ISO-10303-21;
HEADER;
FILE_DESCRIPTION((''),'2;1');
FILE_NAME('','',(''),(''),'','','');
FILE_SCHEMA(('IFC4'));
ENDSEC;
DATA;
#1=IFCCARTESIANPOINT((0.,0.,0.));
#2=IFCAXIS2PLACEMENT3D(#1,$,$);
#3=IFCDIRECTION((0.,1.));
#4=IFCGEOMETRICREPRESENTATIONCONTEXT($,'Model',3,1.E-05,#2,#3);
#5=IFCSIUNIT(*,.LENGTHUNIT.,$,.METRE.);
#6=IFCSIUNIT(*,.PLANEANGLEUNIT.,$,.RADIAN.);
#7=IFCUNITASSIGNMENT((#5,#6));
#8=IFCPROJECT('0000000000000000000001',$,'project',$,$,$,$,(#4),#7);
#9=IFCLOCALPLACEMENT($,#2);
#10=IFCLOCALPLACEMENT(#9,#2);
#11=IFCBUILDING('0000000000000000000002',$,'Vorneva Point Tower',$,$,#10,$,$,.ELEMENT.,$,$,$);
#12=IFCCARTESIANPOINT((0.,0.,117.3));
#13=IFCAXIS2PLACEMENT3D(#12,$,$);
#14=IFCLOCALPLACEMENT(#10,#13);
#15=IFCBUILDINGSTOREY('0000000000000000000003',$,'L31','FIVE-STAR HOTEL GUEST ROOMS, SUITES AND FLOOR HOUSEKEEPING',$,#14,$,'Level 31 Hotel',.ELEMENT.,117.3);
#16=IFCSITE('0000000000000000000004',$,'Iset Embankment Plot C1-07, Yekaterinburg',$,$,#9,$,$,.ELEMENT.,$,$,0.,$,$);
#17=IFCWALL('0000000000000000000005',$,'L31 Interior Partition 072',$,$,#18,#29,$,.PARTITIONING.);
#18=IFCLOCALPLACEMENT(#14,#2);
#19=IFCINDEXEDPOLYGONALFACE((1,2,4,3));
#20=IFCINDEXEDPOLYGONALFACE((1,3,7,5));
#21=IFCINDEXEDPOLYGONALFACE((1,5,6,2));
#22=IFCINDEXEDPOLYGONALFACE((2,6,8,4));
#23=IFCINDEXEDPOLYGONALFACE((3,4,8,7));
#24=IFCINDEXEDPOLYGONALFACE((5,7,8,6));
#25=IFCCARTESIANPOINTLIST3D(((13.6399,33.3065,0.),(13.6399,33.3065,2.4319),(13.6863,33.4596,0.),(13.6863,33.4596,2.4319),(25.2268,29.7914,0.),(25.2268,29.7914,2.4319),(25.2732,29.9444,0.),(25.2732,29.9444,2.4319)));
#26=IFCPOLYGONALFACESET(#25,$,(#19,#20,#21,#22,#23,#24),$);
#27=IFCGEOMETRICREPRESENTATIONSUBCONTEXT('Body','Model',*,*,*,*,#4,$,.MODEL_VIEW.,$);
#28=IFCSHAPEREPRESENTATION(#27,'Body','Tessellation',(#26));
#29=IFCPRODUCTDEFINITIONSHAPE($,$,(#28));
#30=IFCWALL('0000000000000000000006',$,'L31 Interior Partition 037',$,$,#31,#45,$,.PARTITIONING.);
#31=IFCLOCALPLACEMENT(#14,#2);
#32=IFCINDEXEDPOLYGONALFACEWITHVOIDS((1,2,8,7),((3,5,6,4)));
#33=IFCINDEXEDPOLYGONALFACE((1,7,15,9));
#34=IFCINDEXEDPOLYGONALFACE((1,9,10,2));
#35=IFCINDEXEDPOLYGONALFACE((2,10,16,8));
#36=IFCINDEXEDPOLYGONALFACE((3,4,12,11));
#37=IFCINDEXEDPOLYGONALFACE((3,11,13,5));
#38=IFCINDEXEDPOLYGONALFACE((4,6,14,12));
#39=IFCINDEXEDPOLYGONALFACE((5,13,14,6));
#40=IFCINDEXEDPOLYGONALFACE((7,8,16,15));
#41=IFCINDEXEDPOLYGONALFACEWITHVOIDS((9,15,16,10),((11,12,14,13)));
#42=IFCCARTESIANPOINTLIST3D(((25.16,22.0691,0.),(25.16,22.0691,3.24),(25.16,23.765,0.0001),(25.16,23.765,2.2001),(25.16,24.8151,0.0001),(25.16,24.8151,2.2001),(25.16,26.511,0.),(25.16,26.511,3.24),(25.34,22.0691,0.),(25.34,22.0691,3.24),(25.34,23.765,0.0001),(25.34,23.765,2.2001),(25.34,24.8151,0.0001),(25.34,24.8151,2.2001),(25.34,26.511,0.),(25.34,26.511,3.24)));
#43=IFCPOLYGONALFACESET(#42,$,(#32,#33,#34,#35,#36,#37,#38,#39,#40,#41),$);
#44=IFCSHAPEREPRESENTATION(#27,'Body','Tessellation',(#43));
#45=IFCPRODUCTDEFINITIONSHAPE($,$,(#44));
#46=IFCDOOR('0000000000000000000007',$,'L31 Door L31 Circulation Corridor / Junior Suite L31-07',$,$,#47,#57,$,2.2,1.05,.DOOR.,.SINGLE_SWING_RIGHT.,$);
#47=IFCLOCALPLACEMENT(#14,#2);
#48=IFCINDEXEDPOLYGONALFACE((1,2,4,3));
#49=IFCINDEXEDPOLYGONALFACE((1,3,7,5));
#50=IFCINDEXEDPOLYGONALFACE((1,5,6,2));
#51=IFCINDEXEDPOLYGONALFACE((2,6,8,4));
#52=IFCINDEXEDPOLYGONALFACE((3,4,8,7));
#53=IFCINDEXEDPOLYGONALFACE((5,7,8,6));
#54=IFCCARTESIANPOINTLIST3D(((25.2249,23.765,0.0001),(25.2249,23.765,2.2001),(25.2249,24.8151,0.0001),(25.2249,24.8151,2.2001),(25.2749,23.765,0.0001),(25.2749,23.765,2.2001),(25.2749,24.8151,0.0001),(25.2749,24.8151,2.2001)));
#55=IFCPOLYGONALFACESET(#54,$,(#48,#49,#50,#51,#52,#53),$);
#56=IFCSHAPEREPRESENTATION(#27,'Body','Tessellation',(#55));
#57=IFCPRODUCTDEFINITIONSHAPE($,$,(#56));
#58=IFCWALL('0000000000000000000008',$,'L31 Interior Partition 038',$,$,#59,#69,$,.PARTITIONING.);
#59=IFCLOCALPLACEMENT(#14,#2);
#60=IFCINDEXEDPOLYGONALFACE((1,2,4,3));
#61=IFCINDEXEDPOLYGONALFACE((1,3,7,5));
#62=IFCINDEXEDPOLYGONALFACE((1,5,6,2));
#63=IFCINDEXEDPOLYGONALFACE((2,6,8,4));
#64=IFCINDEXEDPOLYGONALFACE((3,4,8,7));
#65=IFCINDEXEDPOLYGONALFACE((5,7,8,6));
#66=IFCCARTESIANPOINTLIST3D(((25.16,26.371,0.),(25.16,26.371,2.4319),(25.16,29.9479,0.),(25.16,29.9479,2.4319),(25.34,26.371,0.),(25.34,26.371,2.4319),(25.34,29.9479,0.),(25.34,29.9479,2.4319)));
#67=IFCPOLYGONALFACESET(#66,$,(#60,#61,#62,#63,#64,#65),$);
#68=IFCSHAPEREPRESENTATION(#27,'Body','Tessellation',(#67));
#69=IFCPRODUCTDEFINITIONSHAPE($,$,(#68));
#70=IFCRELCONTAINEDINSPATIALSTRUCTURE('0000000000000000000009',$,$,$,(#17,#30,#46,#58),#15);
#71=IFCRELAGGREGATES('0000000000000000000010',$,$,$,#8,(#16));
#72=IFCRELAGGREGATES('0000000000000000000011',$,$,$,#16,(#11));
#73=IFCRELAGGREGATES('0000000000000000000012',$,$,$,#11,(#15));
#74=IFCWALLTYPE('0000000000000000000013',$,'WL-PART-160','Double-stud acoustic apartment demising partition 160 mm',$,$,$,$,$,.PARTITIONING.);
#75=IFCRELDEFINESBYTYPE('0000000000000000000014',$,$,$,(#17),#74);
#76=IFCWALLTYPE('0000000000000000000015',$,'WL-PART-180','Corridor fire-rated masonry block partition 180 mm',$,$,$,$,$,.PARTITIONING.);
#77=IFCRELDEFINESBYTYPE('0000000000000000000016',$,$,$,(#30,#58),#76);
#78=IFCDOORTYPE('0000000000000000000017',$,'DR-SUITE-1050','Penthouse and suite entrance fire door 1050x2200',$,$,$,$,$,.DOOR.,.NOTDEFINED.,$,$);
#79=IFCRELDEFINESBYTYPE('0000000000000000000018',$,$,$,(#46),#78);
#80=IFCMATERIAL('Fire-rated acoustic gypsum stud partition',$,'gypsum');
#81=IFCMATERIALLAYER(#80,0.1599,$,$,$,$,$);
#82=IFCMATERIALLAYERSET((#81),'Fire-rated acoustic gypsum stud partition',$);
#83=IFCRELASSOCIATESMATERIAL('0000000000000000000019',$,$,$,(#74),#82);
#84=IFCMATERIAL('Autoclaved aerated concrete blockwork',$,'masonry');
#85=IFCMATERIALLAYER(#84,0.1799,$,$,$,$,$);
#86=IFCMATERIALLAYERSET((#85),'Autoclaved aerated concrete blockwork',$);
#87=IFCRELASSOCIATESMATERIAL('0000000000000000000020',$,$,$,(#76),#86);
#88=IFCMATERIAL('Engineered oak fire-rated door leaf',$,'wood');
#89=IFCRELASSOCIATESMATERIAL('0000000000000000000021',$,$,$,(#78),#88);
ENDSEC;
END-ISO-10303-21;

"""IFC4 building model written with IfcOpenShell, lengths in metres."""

from ifc_helpers import new_model, si_unit, direction, frame, frame_2d, origin, place, context, subcontext, project, spatial, rectangle, extrude, material, layer, layer_set, type_object, element, fill, save


model = new_model("IFC4")

# Units and contexts
model_context = context("Model", 3, precision=1e-05, world=origin(), true_north=direction((0.0, 1.0)))
body_context = subcontext(model_context, "Body", "Model", "MODEL_VIEW")
ifc_project = project(units=[si_unit("LENGTHUNIT", "METRE"), si_unit("PLANEANGLEUNIT", "RADIAN")], contexts=[model_context])

# Site, building, storey
site_placement = place(None, origin())
site = spatial("IfcSite", under=ifc_project, at=site_placement, Name="Iset Embankment Plot C1-07, Yekaterinburg", CompositionType="ELEMENT", RefElevation=0.0)
building_placement = place(site_placement, origin())
building = spatial("IfcBuilding", under=site, at=building_placement, Name="Vorneva Point Tower", CompositionType="ELEMENT")
storey_placement = place(building_placement, frame((0.0, 0.0, 117.3)))
storey = spatial("IfcBuildingStorey", under=building, at=storey_placement, Name="L31", Description="FIVE-STAR HOTEL GUEST ROOMS, SUITES AND FLOOR HOUSEKEEPING", LongName="Level 31 Hotel", CompositionType="ELEMENT", Elevation=117.3)

# Shared definitions
ifc_material_1 = material(Name="Fire-rated acoustic gypsum stud partition", Category="gypsum")

# Shared definitions
ifc_material_2 = material(Name="Engineered oak fire-rated door leaf", Category="wood")

# Wall
ifc_layer_1 = layer(ifc_material_1, 0.1599)
ifc_layer_set_1 = layer_set([ifc_layer_1], Name="Fire-rated acoustic gypsum stud partition")
wall_type_1 = type_object("IfcWallType", Name="WL-PART-160", Description="Double-stud acoustic apartment demising partition 160 mm", PredefinedType="PARTITIONING", material=ifc_layer_set_1)
wall_1_placement = place(storey_placement, frame((13.6631, 33.3831, 0.0), z_axis=(0.0, 0.0, 1.0), x_axis=(0.956934, -0.290306, 0.0)))
element("IfcWall", 1, at=wall_1_placement, inside=storey, type_object=wall_type_1, Name="L31 Interior Partition 072", PredefinedType="PARTITIONING", context=body_context, shape_type="SweptSolid", body=[
    extrude(rectangle(XDim=12.1084, YDim=0.1599, at=frame_2d((6.0542, 0.0))), origin(), (0.0, 0.0, 1.0), 2.4319),
])

# Wall, opening, door
ifc_material_3 = material(Name="Autoclaved aerated concrete blockwork", Category="masonry")
ifc_layer_2 = layer(ifc_material_3, 0.1799)
ifc_layer_set_2 = layer_set([ifc_layer_2], Name="Autoclaved aerated concrete blockwork")
wall_type_2 = type_object("IfcWallType", Name="WL-PART-180", Description="Corridor fire-rated masonry block partition 180 mm", PredefinedType="PARTITIONING", material=ifc_layer_set_2)
wall_2_placement = place(storey_placement, frame((25.25, 26.511, 0.0), z_axis=(0.0, 0.0, 1.0), x_axis=(0.0, -1.0, 0.0)))
wall_2 = element("IfcWall", 2, at=wall_2_placement, inside=storey, type_object=wall_type_2, Name="L31 Interior Partition 037", PredefinedType="PARTITIONING", context=body_context, shape_type="SweptSolid", body=[
    extrude(rectangle(XDim=4.4419, YDim=0.1799, at=frame_2d((2.2209, 0.0))), origin(), (0.0, 0.0, 1.0), 3.24),
])
opening_1_placement = place(wall_2_placement, frame((1.696, 0.0, 0.0)))
opening_1 = element("IfcOpeningElement", 3, at=opening_1_placement, cuts=wall_2, PredefinedType="OPENING", context=body_context, shape_type="SweptSolid", body=[
    extrude(rectangle(XDim=1.05, YDim=2.2, at=frame_2d((0.5249, 1.1001))), frame((0.0, 0.105, 0.0), z_axis=(0.0, -1.0, 0.0), x_axis=(1.0, 0.0, 0.0)), (0.0, 0.0, 1.0), 0.2097),
])
door_type_1 = type_object("IfcDoorType", Name="DR-SUITE-1050", Description="Penthouse and suite entrance fire door 1050x2200", OperationType="NOTDEFINED", PredefinedType="DOOR", material=ifc_material_2)
door_1_placement = place(opening_1_placement, origin())
door_1 = element("IfcDoor", 4, at=door_1_placement, inside=storey, type_object=door_type_1, Name="L31 Door L31 Circulation Corridor / Junior Suite L31-07", OperationType="SINGLE_SWING_RIGHT", OverallHeight=2.2, OverallWidth=1.05, PredefinedType="DOOR", context=body_context, shape_type="SweptSolid", body=[
    extrude(rectangle(XDim=1.05, YDim=2.2, at=frame_2d((0.5249, 1.1001))), frame((0.0, 0.0249, 0.0), z_axis=(0.0, -1.0, 0.0), x_axis=(1.0, 0.0, 0.0)), (0.0, 0.0, 1.0), 0.05),
])
fill(opening_1, door_1)

# Wall
wall_3_placement = place(storey_placement, frame((25.25, 29.948, 0.0), z_axis=(0.0, 0.0, 1.0), x_axis=(0.0, -1.0, 0.0)))
element("IfcWall", 5, at=wall_3_placement, inside=storey, type_object=wall_type_2, Name="L31 Interior Partition 038", PredefinedType="PARTITIONING", context=body_context, shape_type="SweptSolid", body=[
    extrude(rectangle(XDim=3.5769, YDim=0.1799, at=frame_2d((1.7886, 0.0))), origin(), (0.0, 0.0, 1.0), 2.4319),
])

save(model, "model.ifc")
